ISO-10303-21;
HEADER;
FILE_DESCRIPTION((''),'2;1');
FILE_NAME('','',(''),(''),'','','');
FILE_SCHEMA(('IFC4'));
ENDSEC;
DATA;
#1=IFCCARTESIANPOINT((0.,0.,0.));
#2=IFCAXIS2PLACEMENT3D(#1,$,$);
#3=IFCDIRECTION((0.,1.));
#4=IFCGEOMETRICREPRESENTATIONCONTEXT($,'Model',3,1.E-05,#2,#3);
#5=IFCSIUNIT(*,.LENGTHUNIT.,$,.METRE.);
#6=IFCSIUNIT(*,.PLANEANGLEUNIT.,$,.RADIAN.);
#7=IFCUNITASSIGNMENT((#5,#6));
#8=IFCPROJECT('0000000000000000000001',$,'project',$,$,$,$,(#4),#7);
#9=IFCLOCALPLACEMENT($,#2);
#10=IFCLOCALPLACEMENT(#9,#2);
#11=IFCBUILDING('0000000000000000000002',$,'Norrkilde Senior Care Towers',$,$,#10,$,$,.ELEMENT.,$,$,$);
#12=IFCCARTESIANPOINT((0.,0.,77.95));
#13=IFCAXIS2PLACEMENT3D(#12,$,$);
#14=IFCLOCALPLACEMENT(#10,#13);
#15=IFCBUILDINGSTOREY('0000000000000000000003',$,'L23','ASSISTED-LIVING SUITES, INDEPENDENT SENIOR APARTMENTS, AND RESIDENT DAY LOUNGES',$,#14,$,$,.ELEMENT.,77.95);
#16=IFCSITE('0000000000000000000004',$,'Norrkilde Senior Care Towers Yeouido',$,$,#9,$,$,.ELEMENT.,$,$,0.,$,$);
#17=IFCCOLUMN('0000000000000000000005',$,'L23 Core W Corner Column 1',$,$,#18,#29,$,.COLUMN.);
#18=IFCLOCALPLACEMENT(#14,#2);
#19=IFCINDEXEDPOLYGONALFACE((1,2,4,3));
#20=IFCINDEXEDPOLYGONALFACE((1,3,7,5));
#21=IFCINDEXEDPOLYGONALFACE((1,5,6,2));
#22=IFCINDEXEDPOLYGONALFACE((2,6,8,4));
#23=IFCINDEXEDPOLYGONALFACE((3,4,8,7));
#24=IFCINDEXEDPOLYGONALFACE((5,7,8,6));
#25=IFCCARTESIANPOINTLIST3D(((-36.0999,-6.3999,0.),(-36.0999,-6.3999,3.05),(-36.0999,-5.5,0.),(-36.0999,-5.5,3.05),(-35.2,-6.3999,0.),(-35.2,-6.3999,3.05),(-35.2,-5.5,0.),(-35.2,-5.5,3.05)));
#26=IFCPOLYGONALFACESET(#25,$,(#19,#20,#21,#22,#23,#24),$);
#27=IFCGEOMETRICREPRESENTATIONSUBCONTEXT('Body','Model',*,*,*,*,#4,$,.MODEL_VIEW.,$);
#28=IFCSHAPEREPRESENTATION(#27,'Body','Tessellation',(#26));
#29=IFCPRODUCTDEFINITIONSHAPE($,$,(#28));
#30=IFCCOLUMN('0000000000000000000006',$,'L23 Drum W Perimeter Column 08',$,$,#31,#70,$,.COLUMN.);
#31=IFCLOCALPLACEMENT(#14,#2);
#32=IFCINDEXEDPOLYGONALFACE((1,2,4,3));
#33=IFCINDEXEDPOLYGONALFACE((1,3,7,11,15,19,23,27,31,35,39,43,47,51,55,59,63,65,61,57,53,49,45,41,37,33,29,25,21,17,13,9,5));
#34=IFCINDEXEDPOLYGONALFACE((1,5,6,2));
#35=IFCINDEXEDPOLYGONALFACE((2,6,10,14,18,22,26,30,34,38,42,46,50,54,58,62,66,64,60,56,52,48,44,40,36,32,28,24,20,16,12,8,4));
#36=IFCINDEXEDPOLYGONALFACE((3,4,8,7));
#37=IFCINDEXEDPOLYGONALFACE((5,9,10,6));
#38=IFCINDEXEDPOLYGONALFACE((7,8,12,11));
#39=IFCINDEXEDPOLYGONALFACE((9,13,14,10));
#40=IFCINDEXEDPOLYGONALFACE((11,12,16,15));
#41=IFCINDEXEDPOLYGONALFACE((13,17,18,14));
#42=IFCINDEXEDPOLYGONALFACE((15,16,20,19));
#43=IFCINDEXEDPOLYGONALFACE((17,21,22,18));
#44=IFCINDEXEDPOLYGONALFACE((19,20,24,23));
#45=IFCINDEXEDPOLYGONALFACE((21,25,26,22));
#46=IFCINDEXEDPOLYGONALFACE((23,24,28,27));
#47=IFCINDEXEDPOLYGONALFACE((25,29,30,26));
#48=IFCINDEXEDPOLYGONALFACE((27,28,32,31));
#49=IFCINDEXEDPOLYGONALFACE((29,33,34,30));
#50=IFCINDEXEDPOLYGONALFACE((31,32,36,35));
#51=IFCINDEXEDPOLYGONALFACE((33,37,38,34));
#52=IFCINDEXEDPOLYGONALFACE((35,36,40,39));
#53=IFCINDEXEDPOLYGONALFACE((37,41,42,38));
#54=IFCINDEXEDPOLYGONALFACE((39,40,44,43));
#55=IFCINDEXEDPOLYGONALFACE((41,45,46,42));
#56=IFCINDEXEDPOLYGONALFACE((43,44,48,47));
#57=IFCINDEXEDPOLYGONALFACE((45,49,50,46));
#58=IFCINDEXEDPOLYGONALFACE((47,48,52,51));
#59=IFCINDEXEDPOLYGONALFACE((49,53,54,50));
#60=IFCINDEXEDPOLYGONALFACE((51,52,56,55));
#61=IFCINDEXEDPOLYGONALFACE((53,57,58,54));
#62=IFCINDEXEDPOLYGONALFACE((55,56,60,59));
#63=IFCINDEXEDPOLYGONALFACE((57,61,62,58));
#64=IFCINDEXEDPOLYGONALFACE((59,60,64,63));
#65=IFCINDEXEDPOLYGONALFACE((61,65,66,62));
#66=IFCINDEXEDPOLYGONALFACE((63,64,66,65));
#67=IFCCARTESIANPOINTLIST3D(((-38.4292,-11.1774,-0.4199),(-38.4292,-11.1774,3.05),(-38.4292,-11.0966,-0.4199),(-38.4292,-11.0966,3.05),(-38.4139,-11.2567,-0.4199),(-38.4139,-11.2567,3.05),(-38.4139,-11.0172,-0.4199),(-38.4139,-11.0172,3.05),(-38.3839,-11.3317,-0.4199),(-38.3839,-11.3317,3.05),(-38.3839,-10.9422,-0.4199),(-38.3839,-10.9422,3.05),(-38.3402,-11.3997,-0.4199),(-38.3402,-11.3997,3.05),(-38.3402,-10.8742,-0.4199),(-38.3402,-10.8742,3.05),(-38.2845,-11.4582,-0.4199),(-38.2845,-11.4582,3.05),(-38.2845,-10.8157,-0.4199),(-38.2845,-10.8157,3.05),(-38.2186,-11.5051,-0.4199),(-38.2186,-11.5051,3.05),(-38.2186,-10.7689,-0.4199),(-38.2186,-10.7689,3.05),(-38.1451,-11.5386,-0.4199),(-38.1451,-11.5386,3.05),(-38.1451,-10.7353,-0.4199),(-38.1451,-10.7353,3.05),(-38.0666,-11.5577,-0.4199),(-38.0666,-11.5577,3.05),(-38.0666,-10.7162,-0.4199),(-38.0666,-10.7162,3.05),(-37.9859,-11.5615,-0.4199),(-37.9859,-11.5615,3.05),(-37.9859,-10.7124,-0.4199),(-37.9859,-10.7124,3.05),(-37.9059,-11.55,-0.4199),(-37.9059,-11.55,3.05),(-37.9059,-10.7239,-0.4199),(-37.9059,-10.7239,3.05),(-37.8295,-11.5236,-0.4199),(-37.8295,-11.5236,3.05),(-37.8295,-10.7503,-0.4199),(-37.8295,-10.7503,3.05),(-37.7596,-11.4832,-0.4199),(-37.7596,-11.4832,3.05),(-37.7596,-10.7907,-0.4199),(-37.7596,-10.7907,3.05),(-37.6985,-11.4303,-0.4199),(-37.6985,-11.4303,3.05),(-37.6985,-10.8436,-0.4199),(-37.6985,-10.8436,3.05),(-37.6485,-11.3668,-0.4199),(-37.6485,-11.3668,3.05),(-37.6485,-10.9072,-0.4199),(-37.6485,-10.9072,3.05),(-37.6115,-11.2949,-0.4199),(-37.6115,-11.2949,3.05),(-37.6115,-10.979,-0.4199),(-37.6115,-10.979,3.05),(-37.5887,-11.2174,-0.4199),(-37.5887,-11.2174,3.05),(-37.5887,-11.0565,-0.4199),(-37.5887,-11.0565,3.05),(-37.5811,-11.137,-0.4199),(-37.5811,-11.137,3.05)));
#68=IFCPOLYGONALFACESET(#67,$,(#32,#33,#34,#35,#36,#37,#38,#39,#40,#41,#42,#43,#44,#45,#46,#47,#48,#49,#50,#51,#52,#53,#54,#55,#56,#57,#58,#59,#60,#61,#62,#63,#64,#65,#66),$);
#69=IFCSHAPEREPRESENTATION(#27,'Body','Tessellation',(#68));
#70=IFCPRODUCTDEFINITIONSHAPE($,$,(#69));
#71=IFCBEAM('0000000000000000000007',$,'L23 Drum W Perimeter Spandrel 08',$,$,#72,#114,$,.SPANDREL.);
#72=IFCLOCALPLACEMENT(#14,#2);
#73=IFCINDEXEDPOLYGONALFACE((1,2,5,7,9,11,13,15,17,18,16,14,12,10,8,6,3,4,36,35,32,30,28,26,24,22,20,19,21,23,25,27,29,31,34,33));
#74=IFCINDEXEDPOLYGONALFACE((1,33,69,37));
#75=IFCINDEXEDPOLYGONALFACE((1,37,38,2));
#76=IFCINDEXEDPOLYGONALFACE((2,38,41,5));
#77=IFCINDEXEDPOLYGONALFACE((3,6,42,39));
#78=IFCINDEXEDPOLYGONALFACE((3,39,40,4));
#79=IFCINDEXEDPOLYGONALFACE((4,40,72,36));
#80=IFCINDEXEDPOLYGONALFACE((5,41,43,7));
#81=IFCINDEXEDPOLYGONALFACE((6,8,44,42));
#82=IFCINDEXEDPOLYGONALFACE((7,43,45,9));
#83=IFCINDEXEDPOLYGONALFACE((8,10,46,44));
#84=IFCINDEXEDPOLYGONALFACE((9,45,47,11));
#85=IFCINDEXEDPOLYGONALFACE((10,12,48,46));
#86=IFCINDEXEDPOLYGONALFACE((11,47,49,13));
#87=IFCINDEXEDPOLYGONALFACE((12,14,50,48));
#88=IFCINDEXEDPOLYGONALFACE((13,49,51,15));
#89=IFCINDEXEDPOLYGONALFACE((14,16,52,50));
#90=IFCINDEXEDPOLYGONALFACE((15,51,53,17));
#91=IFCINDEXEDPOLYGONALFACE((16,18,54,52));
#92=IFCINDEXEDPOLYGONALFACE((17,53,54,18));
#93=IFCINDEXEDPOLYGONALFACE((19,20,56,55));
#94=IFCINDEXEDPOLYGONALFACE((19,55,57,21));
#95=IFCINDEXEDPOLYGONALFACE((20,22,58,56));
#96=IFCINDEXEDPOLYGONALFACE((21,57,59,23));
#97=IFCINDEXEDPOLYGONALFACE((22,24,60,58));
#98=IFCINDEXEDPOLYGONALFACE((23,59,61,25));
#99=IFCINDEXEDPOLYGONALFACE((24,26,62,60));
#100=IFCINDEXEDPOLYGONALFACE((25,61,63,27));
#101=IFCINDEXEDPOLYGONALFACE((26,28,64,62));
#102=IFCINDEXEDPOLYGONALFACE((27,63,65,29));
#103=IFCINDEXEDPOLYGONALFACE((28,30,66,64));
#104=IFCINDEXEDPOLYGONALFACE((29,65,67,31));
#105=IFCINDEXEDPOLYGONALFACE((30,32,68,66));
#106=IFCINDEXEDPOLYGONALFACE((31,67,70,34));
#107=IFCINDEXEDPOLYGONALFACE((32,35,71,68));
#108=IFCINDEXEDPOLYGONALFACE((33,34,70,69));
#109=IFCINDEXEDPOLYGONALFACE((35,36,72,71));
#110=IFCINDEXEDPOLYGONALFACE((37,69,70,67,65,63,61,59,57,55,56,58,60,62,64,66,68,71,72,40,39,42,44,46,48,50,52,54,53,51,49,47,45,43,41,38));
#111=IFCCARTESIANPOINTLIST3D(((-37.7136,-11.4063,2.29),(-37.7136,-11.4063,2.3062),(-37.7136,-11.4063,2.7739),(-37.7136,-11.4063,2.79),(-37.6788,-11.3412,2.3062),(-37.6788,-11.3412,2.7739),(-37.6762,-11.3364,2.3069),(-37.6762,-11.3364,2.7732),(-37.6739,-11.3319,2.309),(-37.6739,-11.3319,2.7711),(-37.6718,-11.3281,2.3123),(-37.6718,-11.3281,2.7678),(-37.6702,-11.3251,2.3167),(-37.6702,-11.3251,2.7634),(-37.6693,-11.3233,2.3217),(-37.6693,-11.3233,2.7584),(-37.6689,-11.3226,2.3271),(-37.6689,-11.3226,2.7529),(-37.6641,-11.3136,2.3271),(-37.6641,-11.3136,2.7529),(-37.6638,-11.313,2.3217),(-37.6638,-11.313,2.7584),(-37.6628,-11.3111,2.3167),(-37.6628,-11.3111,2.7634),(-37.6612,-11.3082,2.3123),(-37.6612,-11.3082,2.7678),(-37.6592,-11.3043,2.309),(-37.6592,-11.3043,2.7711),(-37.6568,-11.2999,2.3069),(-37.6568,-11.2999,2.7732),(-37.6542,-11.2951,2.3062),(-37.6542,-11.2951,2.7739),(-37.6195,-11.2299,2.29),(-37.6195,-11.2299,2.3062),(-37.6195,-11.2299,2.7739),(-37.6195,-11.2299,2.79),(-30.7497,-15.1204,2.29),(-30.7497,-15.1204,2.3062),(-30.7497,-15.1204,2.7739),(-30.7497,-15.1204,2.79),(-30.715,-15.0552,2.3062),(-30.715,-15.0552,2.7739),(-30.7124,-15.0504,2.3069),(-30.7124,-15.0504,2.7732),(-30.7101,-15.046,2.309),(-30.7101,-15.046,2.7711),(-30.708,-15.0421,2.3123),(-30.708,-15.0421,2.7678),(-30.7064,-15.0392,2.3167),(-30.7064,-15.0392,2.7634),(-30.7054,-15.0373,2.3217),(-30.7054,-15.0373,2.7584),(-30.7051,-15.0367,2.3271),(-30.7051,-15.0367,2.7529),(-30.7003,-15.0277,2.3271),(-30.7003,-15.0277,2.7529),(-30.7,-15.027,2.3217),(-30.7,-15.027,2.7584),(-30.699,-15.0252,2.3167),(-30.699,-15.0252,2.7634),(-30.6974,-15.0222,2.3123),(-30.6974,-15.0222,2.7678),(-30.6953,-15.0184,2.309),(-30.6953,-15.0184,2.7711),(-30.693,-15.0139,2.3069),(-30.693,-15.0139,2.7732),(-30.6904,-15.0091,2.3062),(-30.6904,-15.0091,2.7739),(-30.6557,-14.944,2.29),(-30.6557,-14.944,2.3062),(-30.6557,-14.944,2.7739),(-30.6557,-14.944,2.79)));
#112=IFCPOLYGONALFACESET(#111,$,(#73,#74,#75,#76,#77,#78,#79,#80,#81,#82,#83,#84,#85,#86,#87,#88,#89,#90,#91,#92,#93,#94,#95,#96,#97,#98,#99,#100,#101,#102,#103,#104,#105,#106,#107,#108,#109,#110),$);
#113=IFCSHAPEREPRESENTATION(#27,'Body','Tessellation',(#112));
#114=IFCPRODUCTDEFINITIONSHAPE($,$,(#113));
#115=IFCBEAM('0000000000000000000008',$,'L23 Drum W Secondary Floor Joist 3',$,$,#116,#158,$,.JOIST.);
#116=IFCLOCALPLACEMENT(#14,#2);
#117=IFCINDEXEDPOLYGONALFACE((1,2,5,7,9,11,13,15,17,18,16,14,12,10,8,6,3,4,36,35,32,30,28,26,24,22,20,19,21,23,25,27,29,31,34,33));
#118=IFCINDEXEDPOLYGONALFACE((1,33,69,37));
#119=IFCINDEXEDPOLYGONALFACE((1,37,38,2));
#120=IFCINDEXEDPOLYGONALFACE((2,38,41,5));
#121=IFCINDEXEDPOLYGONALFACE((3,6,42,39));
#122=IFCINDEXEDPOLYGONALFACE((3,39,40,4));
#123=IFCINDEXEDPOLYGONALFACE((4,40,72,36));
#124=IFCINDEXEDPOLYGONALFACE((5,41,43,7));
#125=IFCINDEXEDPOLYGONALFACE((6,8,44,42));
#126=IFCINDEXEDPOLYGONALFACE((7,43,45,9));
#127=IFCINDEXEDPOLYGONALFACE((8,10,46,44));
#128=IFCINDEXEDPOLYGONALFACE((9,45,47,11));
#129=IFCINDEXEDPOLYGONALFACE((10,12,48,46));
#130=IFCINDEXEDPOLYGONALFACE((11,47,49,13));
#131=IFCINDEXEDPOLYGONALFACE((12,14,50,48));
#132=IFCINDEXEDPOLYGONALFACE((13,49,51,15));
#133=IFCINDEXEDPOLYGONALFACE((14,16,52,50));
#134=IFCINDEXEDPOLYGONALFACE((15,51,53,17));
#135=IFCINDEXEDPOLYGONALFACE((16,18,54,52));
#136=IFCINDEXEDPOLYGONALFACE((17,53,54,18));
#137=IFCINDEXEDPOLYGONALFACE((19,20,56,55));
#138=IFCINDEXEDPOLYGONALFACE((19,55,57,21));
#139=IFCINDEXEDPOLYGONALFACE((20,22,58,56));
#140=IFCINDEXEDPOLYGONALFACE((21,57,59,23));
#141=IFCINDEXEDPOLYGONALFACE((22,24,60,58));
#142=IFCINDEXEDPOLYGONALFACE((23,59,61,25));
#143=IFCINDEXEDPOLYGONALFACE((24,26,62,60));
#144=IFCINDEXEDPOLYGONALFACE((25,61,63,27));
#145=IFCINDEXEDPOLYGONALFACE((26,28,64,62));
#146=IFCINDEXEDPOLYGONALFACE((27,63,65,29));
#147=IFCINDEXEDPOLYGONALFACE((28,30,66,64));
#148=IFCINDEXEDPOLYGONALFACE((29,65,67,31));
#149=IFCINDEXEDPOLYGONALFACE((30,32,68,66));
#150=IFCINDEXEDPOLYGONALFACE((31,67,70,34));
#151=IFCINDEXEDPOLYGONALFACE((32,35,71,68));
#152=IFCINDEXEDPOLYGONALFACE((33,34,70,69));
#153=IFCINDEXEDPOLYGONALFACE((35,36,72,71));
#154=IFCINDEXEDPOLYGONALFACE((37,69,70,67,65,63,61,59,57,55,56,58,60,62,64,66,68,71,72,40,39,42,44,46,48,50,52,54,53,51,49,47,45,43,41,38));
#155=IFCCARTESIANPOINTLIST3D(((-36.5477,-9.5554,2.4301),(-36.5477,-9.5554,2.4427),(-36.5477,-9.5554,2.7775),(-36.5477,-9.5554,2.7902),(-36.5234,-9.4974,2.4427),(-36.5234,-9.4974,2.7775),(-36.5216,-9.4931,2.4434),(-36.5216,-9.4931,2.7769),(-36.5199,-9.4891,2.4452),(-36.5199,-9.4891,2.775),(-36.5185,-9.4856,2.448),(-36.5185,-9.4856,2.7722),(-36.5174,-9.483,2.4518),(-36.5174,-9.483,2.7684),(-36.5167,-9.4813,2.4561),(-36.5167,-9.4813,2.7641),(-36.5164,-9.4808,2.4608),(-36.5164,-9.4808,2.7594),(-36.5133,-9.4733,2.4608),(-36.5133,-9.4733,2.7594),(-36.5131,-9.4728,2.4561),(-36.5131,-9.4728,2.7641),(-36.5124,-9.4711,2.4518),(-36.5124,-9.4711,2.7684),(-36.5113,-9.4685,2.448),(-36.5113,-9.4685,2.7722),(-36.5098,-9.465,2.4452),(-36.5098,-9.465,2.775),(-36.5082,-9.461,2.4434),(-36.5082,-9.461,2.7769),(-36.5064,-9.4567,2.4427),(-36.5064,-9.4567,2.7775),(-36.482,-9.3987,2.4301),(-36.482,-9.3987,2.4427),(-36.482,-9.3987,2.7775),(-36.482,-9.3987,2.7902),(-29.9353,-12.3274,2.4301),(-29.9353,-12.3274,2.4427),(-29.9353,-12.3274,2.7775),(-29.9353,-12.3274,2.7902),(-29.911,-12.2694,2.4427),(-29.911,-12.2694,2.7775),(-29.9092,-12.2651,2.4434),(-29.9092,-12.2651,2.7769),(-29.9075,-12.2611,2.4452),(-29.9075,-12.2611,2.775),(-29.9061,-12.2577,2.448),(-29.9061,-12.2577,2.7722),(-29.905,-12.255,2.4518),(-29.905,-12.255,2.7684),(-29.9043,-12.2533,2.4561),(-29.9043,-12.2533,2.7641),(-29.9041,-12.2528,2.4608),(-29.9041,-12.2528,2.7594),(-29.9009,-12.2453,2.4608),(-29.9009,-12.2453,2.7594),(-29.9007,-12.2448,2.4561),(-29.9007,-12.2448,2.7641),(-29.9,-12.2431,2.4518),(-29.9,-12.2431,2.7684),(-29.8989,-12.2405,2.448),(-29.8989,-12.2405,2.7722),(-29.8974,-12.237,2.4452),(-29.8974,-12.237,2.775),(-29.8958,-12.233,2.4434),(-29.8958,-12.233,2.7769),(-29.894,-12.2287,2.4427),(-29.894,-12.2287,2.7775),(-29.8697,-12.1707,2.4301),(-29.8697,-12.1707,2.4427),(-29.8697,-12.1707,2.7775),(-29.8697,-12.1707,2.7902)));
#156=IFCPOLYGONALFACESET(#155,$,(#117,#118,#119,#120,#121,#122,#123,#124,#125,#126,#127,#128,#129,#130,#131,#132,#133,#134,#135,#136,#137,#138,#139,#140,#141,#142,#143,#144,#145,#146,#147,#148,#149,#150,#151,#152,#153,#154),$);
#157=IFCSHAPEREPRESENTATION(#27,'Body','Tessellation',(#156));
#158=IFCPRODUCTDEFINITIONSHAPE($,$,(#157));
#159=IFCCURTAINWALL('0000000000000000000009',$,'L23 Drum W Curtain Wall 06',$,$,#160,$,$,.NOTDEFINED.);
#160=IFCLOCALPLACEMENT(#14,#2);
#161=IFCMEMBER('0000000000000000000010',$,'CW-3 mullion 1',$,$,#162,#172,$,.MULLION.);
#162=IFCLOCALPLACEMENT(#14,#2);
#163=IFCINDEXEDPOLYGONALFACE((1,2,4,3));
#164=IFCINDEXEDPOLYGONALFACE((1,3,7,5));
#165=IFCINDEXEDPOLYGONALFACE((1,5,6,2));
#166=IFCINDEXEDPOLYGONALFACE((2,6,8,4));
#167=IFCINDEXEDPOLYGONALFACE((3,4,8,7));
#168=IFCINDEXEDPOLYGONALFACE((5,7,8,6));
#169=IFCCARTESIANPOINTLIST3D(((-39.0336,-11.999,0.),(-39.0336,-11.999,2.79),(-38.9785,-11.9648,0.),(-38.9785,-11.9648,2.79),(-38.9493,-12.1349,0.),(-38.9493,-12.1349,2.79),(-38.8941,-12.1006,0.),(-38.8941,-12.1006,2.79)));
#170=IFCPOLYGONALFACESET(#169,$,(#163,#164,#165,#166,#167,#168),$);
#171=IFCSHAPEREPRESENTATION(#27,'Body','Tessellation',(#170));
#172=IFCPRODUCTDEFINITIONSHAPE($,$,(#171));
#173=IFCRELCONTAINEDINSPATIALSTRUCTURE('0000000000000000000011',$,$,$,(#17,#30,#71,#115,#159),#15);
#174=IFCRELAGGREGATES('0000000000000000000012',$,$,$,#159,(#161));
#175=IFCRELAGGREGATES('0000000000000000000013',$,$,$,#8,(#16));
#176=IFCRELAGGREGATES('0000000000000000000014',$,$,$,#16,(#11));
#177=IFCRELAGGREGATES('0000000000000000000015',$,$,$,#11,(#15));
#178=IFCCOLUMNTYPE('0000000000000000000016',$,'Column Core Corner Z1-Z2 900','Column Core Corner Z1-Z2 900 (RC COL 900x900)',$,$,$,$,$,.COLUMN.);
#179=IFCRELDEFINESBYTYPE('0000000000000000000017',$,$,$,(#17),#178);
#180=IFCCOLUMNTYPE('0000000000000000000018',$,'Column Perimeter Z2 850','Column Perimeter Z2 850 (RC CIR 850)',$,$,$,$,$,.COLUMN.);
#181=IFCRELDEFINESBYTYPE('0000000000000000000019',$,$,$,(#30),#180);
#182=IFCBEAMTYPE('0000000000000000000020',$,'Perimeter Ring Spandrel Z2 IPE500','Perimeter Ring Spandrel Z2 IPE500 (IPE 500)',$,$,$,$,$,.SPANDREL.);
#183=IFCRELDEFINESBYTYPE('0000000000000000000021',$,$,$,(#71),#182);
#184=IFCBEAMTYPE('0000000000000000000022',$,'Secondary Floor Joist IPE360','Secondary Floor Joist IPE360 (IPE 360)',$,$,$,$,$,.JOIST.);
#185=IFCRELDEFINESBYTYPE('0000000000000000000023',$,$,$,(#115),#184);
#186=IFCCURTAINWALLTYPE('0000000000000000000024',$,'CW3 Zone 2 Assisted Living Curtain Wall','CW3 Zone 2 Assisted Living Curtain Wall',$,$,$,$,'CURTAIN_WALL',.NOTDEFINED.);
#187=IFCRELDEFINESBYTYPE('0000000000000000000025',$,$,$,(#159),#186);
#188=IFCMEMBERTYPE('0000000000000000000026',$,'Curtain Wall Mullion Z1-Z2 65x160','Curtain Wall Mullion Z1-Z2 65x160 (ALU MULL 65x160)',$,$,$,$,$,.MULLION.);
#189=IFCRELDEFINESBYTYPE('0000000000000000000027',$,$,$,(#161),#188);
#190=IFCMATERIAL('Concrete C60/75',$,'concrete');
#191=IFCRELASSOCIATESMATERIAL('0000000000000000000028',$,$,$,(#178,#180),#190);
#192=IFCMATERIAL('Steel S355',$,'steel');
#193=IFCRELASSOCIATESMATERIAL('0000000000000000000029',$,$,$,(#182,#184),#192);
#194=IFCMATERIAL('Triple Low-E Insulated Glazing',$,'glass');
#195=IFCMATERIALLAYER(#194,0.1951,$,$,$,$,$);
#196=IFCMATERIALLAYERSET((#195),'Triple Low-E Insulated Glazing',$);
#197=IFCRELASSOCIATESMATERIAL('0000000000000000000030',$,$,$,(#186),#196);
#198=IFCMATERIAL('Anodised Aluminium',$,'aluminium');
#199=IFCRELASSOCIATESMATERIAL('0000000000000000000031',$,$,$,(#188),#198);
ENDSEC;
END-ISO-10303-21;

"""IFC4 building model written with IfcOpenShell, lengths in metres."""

from ifc_helpers import new_model, si_unit, direction, frame, origin, origin_2d, place, context, subcontext, project, spatial, rectangle, circle, i_section, extrude, source, transform, mapped, material, layer, layer_set, material_profile, profile_set, type_object, type_shapes, element, aggregate, save


model = new_model("IFC4")

# Units and contexts
model_context = context("Model", 3, precision=1e-05, world=origin(), true_north=direction((0.0, 1.0)))
body_context = subcontext(model_context, "Body", "Model", "MODEL_VIEW")
ifc_project = project(units=[si_unit("LENGTHUNIT", "METRE"), si_unit("PLANEANGLEUNIT", "RADIAN")], contexts=[model_context])

# Site, building, storey
site_placement = place(None, origin())
site = spatial("IfcSite", under=ifc_project, at=site_placement, Name="Norrkilde Senior Care Towers Yeouido", CompositionType="ELEMENT", RefElevation=0.0)
building_placement = place(site_placement, origin())
building = spatial("IfcBuilding", under=site, at=building_placement, Name="Norrkilde Senior Care Towers", CompositionType="ELEMENT")
storey_placement = place(building_placement, frame((0.0, 0.0, 77.95)))
storey = spatial("IfcBuildingStorey", under=building, at=storey_placement, Name="L23", Description="ASSISTED-LIVING SUITES, INDEPENDENT SENIOR APARTMENTS, AND RESIDENT DAY LOUNGES", CompositionType="ELEMENT", Elevation=77.95)

# Columns
ifc_material_1 = material(Name="Concrete C60/75", Category="concrete")
ifc_material_profile_1 = material_profile(ifc_material_1, rectangle(XDim=0.8999, YDim=0.8999, at=origin_2d()), Name="RC COL 900x900")
ifc_profile_set_1 = profile_set([ifc_material_profile_1], Name="Concrete C60/75")
column_type_1 = type_object("IfcColumnType", Name="Column Core Corner Z1-Z2 900", Description="Column Core Corner Z1-Z2 900 (RC COL 900x900)", PredefinedType="COLUMN", material=ifc_profile_set_1)
shared_shape_1 = source(origin(), body_context, "Body", "SweptSolid", [
    extrude(rectangle(XDim=0.8999, YDim=0.8999, at=origin_2d()), origin(), (0.0, 0.0, 1.0), 3.05),
])
type_shapes(column_type_1, [shared_shape_1])
column_1_placement = place(storey_placement, frame((-35.6499, -5.95, 0.0), z_axis=(0.0, 0.0, 1.0), x_axis=(1.0, 0.0, 0.0)))
element("IfcColumn", 1, at=column_1_placement, inside=storey, type_object=column_type_1, Name="L23 Core W Corner Column 1", PredefinedType="COLUMN", context=body_context, shape_type="MappedRepresentation", body=[
    mapped(shared_shape_1, transform((0.0, 0.0, 0.0), x_axis=(1.0, 0.0, 0.0), y_axis=(0.0, 1.0, 0.0), z_axis=(0.0, 0.0, 1.0), scale=1.0)),
])
ifc_material_profile_2 = material_profile(ifc_material_1, circle(Radius=0.425, at=origin_2d()), Name="RC CIR 850")
ifc_profile_set_2 = profile_set([ifc_material_profile_2], Name="Concrete C60/75")
column_type_2 = type_object("IfcColumnType", Name="Column Perimeter Z2 850", Description="Column Perimeter Z2 850 (RC CIR 850)", PredefinedType="COLUMN", material=ifc_profile_set_2)
shared_shape_2 = source(origin(), body_context, "Body", "SweptSolid", [
    extrude(circle(Radius=0.425, at=origin_2d()), origin(), (0.0, 0.0, 1.0), 3.47),
])
type_shapes(column_type_2, [shared_shape_2])
column_2_placement = place(storey_placement, frame((-38.0061, -11.137, -0.4199), z_axis=(0.0, 0.0, 1.0), x_axis=(1.0, 0.0, 0.0)))
element("IfcColumn", 2, at=column_2_placement, inside=storey, type_object=column_type_2, Name="L23 Drum W Perimeter Column 08", PredefinedType="COLUMN", context=body_context, shape_type="MappedRepresentation", body=[
    mapped(shared_shape_2, transform((0.0, 0.0, 0.0), x_axis=(1.0, 0.0, 0.0), y_axis=(0.0, 1.0, 0.0), z_axis=(0.0, 0.0, 1.0), scale=1.0)),
])

# Beams
ifc_material_2 = material(Name="Steel S355", Category="steel")
ifc_material_profile_3 = material_profile(ifc_material_2, i_section(OverallWidth=0.2, OverallDepth=0.5, WebThickness=0.0103, FlangeThickness=0.0161, FilletRadius=0.021, at=origin_2d()), Name="IPE 500")
ifc_profile_set_3 = profile_set([ifc_material_profile_3], Name="Steel S355")
beam_type_1 = type_object("IfcBeamType", Name="Perimeter Ring Spandrel Z2 IPE500", Description="Perimeter Ring Spandrel Z2 IPE500 (IPE 500)", PredefinedType="SPANDREL", material=ifc_profile_set_3)
shared_shape_3 = source(origin(), body_context, "Body", "SweptSolid", [
    extrude(i_section(OverallWidth=0.2, OverallDepth=0.5, WebThickness=0.0103, FlangeThickness=0.0161, FilletRadius=0.021, at=origin_2d()), origin(), (0.0, 0.0, 1.0), 7.8923),
])
type_shapes(beam_type_1, [shared_shape_3])
beam_1_placement = place(storey_placement, frame((-37.6665, -11.3181, 2.54), z_axis=(0.88235, -0.470593, 0.0), x_axis=(0.470593, 0.88235, 0.0)))
element("IfcBeam", 3, at=beam_1_placement, inside=storey, type_object=beam_type_1, Name="L23 Drum W Perimeter Spandrel 08", PredefinedType="SPANDREL", context=body_context, shape_type="MappedRepresentation", body=[
    mapped(shared_shape_3, transform((0.0, 0.0, 0.0), x_axis=(1.0, 0.0, 0.0), y_axis=(0.0, 1.0, 0.0), z_axis=(0.0, 0.0, 1.0), scale=1.0)),
])
ifc_material_profile_4 = material_profile(ifc_material_2, i_section(OverallWidth=0.1699, OverallDepth=0.3601, WebThickness=0.0081, FlangeThickness=0.0127, FilletRadius=0.0181, at=origin_2d()), Name="IPE 360")
ifc_profile_set_4 = profile_set([ifc_material_profile_4], Name="Steel S355")
beam_type_2 = type_object("IfcBeamType", Name="Secondary Floor Joist IPE360", Description="Secondary Floor Joist IPE360 (IPE 360)", PredefinedType="JOIST", material=ifc_profile_set_4)
shared_shape_4 = source(origin(), body_context, "Body", "SweptSolid", [
    extrude(i_section(OverallWidth=0.1699, OverallDepth=0.3601, WebThickness=0.0081, FlangeThickness=0.0127, FilletRadius=0.0181, at=origin_2d()), origin(), (0.0, 0.0, 1.0), 7.1699),
])
type_shapes(beam_type_2, [shared_shape_4])
beam_2_placement = place(storey_placement, frame((-36.5149, -9.4771, 2.6101), z_axis=(0.922241, -0.386616, 0.0), x_axis=(0.386616, 0.922241, 0.0)))
element("IfcBeam", 4, at=beam_2_placement, inside=storey, type_object=beam_type_2, Name="L23 Drum W Secondary Floor Joist 3", PredefinedType="JOIST", context=body_context, shape_type="MappedRepresentation", body=[
    mapped(shared_shape_4, transform((0.0, 0.0, 0.0), x_axis=(1.0, 0.0, 0.0), y_axis=(0.0, 1.0, 0.0), z_axis=(0.0, 0.0, 1.0), scale=1.0)),
])

# Curtain wall, member
ifc_material_3 = material(Name="Triple Low-E Insulated Glazing", Category="glass")
ifc_layer_1 = layer(ifc_material_3, 0.1951)
ifc_layer_set_1 = layer_set([ifc_layer_1], Name="Triple Low-E Insulated Glazing")
curtain_wall_type = type_object("IfcCurtainWallType", Name="CW3 Zone 2 Assisted Living Curtain Wall", Description="CW3 Zone 2 Assisted Living Curtain Wall", ElementType="CURTAIN_WALL", PredefinedType="NOTDEFINED", material=ifc_layer_set_1)
curtain_wall_1_placement = place(storey_placement, origin())
curtain_wall_1 = element("IfcCurtainWall", 5, at=curtain_wall_1_placement, inside=storey, type_object=curtain_wall_type, Name="L23 Drum W Curtain Wall 06", PredefinedType="NOTDEFINED")
ifc_material_4 = material(Name="Anodised Aluminium", Category="aluminium")
ifc_material_profile_5 = material_profile(ifc_material_4, rectangle(XDim=0.0649, YDim=0.1599, at=origin_2d()), Name="ALU MULL 65x160")
ifc_profile_set_5 = profile_set([ifc_material_profile_5], Name="Anodised Aluminium")
member_type_1 = type_object("IfcMemberType", Name="Curtain Wall Mullion Z1-Z2 65x160", Description="Curtain Wall Mullion Z1-Z2 65x160 (ALU MULL 65x160)", PredefinedType="MULLION", material=ifc_profile_set_5)
shared_shape_5 = source(origin(), body_context, "Body", "SweptSolid", [
    extrude(rectangle(XDim=0.0649, YDim=0.1599, at=origin_2d()), origin(), (0.0, 0.0, 1.0), 2.79),
])
type_shapes(member_type_1, [shared_shape_5])
member_1_placement = place(storey_placement, frame((-38.9639, -12.0498, 0.0), z_axis=(0.0, 0.0, 1.0), x_axis=(-0.84941, -0.527733, 0.0)))
member_1 = element("IfcMember", 6, at=member_1_placement, type_object=member_type_1, Name="CW-3 mullion 1", PredefinedType="MULLION", context=body_context, shape_type="MappedRepresentation", body=[
    mapped(shared_shape_5, transform((0.0, 0.0, 0.0), x_axis=(1.0, 0.0, 0.0), y_axis=(0.0, 1.0, 0.0), z_axis=(0.0, 0.0, 1.0), scale=1.0)),
])

aggregate(curtain_wall_1, [member_1])

save(model, "model.ifc")
